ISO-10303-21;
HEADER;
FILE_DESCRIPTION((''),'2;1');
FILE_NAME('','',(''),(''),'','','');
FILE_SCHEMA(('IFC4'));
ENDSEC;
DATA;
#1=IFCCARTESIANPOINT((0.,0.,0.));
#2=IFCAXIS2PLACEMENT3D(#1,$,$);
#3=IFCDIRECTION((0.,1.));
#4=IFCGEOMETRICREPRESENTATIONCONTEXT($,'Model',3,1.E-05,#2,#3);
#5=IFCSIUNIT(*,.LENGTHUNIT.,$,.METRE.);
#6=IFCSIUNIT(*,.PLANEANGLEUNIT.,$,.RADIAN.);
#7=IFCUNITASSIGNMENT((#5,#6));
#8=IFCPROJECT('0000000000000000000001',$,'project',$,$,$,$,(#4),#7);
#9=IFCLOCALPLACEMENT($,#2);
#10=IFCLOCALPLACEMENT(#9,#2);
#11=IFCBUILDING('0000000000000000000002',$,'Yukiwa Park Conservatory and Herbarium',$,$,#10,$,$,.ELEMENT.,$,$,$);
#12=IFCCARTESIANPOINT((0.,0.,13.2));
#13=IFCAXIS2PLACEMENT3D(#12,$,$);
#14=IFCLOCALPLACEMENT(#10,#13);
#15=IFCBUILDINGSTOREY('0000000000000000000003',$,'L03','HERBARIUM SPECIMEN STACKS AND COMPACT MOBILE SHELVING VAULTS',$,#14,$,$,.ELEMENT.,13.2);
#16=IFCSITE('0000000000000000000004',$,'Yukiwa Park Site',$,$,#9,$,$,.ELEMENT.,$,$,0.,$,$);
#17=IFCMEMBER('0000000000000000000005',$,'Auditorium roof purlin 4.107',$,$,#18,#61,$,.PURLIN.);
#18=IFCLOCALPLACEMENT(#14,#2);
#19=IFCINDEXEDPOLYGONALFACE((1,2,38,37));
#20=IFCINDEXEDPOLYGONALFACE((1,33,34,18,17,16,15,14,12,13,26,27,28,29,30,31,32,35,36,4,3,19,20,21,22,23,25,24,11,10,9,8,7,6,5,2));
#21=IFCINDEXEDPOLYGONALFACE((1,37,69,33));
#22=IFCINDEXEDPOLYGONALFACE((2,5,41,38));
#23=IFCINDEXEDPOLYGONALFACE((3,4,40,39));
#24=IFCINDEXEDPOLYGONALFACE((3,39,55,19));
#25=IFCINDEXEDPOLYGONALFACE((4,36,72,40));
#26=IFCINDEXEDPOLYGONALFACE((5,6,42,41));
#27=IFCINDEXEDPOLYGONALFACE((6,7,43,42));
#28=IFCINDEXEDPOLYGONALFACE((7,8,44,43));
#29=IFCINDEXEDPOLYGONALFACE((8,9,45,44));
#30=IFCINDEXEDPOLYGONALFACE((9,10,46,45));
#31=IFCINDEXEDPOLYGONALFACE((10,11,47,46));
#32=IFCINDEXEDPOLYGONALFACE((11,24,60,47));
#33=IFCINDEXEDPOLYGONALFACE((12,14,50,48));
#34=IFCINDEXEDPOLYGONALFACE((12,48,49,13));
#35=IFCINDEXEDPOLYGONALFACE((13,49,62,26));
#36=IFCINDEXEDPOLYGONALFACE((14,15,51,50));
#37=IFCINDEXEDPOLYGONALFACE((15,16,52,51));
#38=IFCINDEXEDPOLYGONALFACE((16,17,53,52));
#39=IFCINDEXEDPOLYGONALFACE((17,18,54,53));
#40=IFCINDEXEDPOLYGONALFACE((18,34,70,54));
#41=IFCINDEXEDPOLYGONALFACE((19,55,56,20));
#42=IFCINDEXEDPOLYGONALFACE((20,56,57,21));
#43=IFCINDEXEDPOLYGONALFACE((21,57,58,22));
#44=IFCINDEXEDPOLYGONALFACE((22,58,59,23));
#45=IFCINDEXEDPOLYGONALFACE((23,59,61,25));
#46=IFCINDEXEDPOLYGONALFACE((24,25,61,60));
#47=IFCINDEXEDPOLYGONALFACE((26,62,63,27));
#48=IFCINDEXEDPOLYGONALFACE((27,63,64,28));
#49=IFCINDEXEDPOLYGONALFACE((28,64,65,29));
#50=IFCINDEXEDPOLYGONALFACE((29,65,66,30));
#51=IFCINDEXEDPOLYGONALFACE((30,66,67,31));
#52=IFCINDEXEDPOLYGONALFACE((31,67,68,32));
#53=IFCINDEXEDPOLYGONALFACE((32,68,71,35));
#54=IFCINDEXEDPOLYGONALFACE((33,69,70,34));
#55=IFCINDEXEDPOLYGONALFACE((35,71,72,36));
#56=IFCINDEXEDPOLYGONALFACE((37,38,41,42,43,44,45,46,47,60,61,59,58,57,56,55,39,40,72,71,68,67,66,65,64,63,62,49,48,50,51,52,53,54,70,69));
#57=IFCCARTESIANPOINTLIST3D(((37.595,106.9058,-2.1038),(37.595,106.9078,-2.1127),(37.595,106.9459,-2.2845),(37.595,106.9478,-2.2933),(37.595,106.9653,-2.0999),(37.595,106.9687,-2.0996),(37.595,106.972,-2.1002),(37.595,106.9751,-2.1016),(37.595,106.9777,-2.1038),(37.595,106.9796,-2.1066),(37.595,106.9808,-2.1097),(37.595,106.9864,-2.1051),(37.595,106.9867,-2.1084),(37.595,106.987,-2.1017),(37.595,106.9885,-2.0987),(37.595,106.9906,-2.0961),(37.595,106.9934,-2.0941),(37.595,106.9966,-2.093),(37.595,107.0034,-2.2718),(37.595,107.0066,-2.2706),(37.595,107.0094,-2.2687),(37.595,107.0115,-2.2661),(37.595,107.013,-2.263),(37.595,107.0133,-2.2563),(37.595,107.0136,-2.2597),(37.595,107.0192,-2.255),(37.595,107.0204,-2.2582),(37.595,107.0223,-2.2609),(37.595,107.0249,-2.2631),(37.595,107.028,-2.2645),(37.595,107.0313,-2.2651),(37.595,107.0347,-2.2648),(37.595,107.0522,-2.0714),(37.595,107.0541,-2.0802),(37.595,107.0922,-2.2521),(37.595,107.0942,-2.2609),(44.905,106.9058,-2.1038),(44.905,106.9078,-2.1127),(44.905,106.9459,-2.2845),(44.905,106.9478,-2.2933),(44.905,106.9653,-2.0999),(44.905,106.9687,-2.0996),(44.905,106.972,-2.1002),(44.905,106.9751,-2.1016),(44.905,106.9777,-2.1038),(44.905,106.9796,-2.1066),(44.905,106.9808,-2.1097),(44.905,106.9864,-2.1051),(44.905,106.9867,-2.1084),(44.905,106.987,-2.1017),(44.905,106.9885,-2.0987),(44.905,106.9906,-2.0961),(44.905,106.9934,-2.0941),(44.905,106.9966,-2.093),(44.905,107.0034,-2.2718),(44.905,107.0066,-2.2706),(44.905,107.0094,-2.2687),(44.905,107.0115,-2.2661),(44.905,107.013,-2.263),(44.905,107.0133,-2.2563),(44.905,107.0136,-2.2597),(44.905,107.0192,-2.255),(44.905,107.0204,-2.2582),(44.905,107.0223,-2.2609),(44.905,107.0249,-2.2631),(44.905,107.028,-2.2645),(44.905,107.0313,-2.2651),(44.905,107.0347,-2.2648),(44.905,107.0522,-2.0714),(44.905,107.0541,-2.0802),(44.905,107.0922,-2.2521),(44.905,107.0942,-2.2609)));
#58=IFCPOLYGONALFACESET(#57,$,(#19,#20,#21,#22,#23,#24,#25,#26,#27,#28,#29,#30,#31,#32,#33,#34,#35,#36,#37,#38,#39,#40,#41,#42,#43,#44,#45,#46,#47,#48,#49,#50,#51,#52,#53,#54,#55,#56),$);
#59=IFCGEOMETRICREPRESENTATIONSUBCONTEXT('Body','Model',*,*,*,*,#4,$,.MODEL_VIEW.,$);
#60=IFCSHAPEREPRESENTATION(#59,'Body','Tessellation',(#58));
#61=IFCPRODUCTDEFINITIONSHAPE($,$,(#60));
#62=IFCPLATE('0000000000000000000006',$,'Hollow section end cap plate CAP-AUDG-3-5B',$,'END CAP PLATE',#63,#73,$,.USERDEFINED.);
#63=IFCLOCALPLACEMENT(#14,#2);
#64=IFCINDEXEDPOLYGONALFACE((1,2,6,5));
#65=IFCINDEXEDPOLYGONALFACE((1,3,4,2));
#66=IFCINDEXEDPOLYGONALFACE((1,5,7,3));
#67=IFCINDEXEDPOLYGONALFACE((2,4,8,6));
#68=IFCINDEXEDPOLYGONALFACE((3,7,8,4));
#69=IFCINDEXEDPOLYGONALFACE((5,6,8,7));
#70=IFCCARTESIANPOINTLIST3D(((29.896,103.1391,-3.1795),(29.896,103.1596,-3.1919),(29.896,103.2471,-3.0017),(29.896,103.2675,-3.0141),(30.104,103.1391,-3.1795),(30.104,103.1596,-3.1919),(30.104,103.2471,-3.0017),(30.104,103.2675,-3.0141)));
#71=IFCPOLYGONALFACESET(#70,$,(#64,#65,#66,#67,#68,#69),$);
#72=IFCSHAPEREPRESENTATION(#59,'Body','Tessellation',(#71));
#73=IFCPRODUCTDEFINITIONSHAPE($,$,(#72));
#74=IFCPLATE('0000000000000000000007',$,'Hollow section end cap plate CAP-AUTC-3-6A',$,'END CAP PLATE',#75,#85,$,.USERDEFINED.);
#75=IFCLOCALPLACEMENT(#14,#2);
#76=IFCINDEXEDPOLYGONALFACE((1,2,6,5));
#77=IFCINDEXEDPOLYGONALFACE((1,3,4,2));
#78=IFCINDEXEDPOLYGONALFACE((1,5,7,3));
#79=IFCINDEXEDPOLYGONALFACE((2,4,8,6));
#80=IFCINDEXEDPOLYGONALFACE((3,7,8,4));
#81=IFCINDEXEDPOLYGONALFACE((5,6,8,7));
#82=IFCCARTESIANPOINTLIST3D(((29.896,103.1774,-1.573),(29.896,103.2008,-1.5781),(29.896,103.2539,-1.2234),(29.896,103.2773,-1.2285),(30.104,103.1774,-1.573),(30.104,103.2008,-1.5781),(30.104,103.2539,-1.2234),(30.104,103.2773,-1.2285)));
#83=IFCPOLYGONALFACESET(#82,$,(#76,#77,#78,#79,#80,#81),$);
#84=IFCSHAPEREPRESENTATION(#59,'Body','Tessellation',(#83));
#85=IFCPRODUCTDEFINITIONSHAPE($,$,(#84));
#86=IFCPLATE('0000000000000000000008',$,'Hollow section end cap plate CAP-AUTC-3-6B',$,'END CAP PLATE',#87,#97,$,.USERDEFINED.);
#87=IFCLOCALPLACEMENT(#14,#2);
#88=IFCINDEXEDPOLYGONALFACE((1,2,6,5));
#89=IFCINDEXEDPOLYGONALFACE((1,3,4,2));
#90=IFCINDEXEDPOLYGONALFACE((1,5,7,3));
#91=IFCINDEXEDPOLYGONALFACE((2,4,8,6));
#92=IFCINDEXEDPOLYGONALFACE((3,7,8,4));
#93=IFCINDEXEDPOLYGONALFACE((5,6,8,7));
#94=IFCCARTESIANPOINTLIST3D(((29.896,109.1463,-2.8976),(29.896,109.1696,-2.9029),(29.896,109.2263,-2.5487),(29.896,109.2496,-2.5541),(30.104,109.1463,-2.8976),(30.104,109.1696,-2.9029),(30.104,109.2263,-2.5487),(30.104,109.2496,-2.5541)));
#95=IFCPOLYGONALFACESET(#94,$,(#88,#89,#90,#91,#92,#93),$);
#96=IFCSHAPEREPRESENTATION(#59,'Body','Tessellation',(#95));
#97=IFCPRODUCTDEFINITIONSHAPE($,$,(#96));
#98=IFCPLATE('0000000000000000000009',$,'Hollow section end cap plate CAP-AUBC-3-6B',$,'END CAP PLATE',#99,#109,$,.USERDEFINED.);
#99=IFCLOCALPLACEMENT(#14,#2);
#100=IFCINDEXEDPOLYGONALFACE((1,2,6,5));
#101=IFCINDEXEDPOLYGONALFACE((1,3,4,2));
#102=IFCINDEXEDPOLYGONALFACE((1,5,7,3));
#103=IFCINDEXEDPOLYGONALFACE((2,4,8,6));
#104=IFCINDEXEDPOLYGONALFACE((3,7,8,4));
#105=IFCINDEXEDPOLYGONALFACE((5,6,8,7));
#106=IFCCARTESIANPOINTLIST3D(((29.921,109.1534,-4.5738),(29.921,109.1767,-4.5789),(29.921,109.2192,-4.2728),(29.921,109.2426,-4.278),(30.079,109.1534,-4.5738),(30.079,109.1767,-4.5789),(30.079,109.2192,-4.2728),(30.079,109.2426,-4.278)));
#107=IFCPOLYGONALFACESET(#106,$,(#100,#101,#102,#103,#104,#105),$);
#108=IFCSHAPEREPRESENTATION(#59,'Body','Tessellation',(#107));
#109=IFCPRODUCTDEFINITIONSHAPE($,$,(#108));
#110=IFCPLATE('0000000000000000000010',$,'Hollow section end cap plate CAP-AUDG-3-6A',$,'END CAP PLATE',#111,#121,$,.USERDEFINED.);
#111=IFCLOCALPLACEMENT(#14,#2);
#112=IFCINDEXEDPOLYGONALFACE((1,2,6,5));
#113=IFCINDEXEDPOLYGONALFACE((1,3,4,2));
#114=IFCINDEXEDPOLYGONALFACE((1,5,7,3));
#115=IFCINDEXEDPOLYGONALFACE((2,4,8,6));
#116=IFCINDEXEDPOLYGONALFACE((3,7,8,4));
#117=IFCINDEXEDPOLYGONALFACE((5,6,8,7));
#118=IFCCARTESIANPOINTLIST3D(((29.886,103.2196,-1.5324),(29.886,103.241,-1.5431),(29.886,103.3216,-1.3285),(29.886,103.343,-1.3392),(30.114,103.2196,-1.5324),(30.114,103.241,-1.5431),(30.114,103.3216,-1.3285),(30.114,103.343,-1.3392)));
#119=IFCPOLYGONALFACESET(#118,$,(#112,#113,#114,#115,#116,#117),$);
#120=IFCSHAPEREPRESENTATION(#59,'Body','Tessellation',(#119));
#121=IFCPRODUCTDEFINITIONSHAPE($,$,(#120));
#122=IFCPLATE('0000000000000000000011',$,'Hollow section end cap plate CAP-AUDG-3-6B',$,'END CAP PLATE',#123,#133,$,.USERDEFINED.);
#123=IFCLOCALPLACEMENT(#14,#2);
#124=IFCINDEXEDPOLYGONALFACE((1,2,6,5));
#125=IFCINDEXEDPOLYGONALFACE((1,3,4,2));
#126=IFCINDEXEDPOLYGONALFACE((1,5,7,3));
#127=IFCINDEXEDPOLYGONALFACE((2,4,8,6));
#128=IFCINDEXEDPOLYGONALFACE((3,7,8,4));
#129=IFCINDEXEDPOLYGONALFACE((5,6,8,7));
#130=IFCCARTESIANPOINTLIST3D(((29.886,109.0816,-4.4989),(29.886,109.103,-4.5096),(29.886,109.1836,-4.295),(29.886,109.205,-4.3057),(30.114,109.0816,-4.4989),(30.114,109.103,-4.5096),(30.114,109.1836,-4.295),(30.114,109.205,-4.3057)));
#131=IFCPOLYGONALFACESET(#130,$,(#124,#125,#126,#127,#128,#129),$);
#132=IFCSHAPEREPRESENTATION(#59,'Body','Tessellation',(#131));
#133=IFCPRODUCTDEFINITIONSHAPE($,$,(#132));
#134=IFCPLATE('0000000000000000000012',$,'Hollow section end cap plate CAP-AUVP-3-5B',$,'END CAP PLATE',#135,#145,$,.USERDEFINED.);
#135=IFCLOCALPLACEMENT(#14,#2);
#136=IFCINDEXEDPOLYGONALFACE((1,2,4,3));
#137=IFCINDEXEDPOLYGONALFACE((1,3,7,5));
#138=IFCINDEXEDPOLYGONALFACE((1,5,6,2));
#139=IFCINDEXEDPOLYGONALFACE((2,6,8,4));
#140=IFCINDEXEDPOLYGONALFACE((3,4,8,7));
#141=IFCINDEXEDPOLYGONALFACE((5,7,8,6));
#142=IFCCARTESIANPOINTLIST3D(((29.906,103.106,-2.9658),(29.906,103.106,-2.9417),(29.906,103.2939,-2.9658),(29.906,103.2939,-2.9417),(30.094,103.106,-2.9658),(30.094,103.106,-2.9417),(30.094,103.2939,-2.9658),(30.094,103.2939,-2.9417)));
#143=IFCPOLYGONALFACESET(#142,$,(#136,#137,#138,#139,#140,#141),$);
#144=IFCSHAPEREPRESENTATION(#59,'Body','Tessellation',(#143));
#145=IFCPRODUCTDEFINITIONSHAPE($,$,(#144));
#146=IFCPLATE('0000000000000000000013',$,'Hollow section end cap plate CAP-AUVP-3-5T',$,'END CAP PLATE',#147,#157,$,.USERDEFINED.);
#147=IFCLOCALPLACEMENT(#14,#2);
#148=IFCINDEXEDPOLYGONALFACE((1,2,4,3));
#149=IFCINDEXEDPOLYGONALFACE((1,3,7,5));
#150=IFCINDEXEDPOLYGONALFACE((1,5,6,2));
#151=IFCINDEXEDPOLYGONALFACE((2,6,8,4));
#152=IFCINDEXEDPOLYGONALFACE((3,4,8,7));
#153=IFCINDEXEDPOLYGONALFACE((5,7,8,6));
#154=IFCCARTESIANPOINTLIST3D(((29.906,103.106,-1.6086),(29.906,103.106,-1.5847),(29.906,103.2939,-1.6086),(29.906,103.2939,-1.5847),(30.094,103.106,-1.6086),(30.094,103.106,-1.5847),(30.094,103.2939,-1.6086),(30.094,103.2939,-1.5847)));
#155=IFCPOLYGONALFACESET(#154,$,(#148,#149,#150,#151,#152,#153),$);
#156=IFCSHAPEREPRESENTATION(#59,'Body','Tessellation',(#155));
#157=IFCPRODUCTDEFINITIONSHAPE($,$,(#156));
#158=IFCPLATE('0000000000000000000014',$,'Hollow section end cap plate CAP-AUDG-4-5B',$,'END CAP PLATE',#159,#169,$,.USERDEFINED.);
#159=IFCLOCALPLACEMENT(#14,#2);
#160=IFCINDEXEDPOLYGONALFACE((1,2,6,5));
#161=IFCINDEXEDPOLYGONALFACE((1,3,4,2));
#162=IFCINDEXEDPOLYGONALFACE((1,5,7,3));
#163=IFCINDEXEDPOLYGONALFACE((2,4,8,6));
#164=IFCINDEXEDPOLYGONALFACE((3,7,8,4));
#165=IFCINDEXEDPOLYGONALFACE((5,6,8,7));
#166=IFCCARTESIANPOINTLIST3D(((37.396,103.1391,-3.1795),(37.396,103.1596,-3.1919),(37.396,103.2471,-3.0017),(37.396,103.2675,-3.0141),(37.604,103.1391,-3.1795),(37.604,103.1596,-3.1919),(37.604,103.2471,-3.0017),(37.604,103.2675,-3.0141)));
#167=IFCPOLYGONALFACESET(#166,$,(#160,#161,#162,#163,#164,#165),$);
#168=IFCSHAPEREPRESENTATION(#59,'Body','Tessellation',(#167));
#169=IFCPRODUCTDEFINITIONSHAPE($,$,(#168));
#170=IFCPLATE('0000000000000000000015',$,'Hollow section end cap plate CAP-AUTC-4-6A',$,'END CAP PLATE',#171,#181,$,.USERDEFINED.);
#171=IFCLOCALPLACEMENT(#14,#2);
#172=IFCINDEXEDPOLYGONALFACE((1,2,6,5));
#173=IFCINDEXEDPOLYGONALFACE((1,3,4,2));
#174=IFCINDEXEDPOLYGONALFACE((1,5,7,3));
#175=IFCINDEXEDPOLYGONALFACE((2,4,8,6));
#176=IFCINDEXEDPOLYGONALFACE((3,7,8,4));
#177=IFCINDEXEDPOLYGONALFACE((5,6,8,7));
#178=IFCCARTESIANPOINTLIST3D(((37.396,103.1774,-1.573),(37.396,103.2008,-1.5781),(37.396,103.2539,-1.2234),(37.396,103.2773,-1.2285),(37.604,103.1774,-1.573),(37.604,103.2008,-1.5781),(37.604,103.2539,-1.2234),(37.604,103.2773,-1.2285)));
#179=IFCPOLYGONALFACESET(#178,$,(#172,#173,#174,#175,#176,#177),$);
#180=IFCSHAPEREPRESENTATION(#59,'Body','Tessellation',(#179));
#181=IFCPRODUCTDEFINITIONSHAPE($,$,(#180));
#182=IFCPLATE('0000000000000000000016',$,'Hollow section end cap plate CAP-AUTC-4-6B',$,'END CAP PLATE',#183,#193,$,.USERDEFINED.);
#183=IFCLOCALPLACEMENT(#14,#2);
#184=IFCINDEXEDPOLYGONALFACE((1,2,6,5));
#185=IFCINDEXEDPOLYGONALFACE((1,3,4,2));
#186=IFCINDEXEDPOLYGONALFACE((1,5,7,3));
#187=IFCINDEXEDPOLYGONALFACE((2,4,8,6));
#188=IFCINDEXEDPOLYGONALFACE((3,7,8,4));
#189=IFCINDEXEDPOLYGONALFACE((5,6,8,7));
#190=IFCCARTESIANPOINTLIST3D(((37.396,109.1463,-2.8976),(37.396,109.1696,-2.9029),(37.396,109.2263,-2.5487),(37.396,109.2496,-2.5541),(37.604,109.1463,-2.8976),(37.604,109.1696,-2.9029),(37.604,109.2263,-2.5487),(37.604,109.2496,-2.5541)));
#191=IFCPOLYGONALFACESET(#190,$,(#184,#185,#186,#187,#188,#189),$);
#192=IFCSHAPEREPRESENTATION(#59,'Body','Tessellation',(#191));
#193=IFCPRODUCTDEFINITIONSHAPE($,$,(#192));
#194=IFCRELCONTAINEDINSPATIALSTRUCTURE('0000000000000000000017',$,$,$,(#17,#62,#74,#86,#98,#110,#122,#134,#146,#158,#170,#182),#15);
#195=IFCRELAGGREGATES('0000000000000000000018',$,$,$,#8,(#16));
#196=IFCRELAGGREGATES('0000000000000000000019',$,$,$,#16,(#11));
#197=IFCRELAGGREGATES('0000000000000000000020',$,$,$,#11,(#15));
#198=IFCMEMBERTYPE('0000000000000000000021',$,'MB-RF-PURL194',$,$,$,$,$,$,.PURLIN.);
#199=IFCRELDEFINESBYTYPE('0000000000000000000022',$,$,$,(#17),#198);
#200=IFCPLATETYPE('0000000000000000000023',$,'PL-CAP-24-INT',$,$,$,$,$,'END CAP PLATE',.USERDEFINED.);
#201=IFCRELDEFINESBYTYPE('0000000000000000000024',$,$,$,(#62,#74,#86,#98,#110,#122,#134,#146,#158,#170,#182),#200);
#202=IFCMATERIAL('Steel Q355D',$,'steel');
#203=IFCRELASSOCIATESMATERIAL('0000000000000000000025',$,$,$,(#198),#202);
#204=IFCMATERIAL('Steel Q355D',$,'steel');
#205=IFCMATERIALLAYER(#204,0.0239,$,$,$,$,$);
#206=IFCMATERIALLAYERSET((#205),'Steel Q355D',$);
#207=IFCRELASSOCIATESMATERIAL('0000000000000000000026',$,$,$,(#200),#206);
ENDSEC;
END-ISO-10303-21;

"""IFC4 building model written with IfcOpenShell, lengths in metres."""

from ifc_helpers import new_model, si_unit, direction, frame, origin, origin_2d, place, context, subcontext, project, spatial, rectangle, i_section, extrude, material, layer, layer_set, material_profile, profile_set, type_object, element, save


model = new_model("IFC4")

# Units and contexts
model_context = context("Model", 3, precision=1e-05, world=origin(), true_north=direction((0.0, 1.0)))
body_context = subcontext(model_context, "Body", "Model", "MODEL_VIEW")
ifc_project = project(units=[si_unit("LENGTHUNIT", "METRE"), si_unit("PLANEANGLEUNIT", "RADIAN")], contexts=[model_context])

# Site, building, storey
site_placement = place(None, origin())
site = spatial("IfcSite", under=ifc_project, at=site_placement, Name="Yukiwa Park Site", CompositionType="ELEMENT", RefElevation=0.0)
building_placement = place(site_placement, origin())
building = spatial("IfcBuilding", under=site, at=building_placement, Name="Yukiwa Park Conservatory and Herbarium", CompositionType="ELEMENT")
storey_placement = place(building_placement, frame((0.0, 0.0, 13.2)))
storey = spatial("IfcBuildingStorey", under=building, at=storey_placement, Name="L03", Description="HERBARIUM SPECIMEN STACKS AND COMPACT MOBILE SHELVING VAULTS", CompositionType="ELEMENT", Elevation=13.2)

# Member
ifc_material_1 = material(Name="Steel Q355D", Category="steel")
ifc_material_profile_1 = material_profile(ifc_material_1, i_section(OverallWidth=0.1499, OverallDepth=0.1941, WebThickness=0.0061, FlangeThickness=0.009, FilletRadius=0.0129, at=origin_2d()), Name="HM 194x150x6x9")
ifc_profile_set_1 = profile_set([ifc_material_profile_1], Name="Steel Q355D")
member_type_1 = type_object("IfcMemberType", Name="MB-RF-PURL194", PredefinedType="PURLIN", material=ifc_profile_set_1)
for number, where, z_axis, x_axis, name in (
    (1, (37.595, 107.0, -2.1824), (1.0, 0.0, 0.0), (0.0, 0.976296, 0.21644), "Auditorium roof purlin 4.107"),
):
    element("IfcMember", number, at=place(storey_placement, frame(where, z_axis=z_axis, x_axis=x_axis)), inside=storey, type_object=member_type_1, Name=name, PredefinedType="PURLIN", context=body_context, shape_type="SweptSolid", body=[
        extrude(i_section(OverallWidth=0.1499, OverallDepth=0.1941, WebThickness=0.0061, FlangeThickness=0.009, FilletRadius=0.0129, at=origin_2d()), origin(), (0.0, 0.0, 1.0), 7.3101),
    ])

# Plates
ifc_material_2 = material(Name="Steel Q355D", Category="steel")
ifc_layer = layer(ifc_material_2, 0.0239)
ifc_layer_set = layer_set([ifc_layer], Name="Steel Q355D")
plate_type = type_object("IfcPlateType", Name="PL-CAP-24-INT", ElementType="END CAP PLATE", PredefinedType="USERDEFINED", material=ifc_layer_set)
plate_1_placement = place(storey_placement, frame((30.0, 103.1931, -3.0906), z_axis=(0.0, 0.854788, -0.518978), x_axis=(-1.0, 0.0, 0.0)))
element("IfcPlate", 2, at=plate_1_placement, inside=storey, type_object=plate_type, Name="Hollow section end cap plate CAP-AUDG-3-5B", ObjectType="END CAP PLATE", PredefinedType="USERDEFINED", context=body_context, shape_type="SweptSolid", body=[
    extrude(rectangle(XDim=0.208, YDim=0.208, at=origin_2d()), origin(), (0.0, 0.0, 1.0), 0.0239),
])
for number, where, z_axis, x_axis, name in (
    (3, (30.0, 103.239, -1.4033), (0.0, -0.9769, 0.213697), (1.0, 0.0, 0.0), "Hollow section end cap plate CAP-AUTC-3-6A"),
    (4, (30.0, 109.1863, -2.7231), (0.0, 0.974732, -0.223376), (-1.0, 0.0, 0.0), "Hollow section end cap plate CAP-AUTC-3-6B"),
):
    element("IfcPlate", number, at=place(storey_placement, frame(where, z_axis=z_axis, x_axis=x_axis)), inside=storey, type_object=plate_type, Name=name, ObjectType="END CAP PLATE", PredefinedType="USERDEFINED", context=body_context, shape_type="SweptSolid", body=[
        extrude(rectangle(XDim=0.208, YDim=0.3579, at=origin_2d()), origin(), (0.0, 0.0, 1.0), 0.0239),
    ])
plate_2_placement = place(storey_placement, frame((30.0, 109.1863, -4.4233), z_axis=(0.0, 0.9769, -0.213697), x_axis=(-1.0, 0.0, 0.0)))
element("IfcPlate", 5, at=plate_2_placement, inside=storey, type_object=plate_type, Name="Hollow section end cap plate CAP-AUBC-3-6B", ObjectType="END CAP PLATE", PredefinedType="USERDEFINED", context=body_context, shape_type="SweptSolid", body=[
    extrude(rectangle(XDim=0.158, YDim=0.3081, at=origin_2d()), origin(), (0.0, 0.0, 1.0), 0.0239),
])
for number, where, z_axis, x_axis, name in (
    (6, (30.0, 103.292, -1.4412), (0.0, -0.894427, 0.447214), (1.0, 0.0, 0.0), "Hollow section end cap plate CAP-AUDG-3-6A"),
    (7, (30.0, 109.1326, -4.397), (0.0, 0.894427, -0.447214), (-1.0, 0.0, 0.0), "Hollow section end cap plate CAP-AUDG-3-6B"),
):
    element("IfcPlate", number, at=place(storey_placement, frame(where, z_axis=z_axis, x_axis=x_axis)), inside=storey, type_object=plate_type, Name=name, ObjectType="END CAP PLATE", PredefinedType="USERDEFINED", context=body_context, shape_type="SweptSolid", body=[
        extrude(rectangle(XDim=0.228, YDim=0.228, at=origin_2d()), origin(), (0.0, 0.0, 1.0), 0.0239),
    ])
plate_3_placement = place(storey_placement, frame((30.0, 103.2, -2.9417), z_axis=(0.0, 0.0, -1.0), x_axis=(1.0, 0.0, 0.0)))
element("IfcPlate", 8, at=plate_3_placement, inside=storey, type_object=plate_type, Name="Hollow section end cap plate CAP-AUVP-3-5B", ObjectType="END CAP PLATE", PredefinedType="USERDEFINED", context=body_context, shape_type="SweptSolid", body=[
    extrude(rectangle(XDim=0.188, YDim=0.188, at=origin_2d()), origin(), (0.0, 0.0, 1.0), 0.0242),
])
plate_4_placement = place(storey_placement, frame((30.0, 103.2, -1.6086), z_axis=(0.0, 0.0, 1.0), x_axis=(1.0, 0.0, 0.0)))
element("IfcPlate", 9, at=plate_4_placement, inside=storey, type_object=plate_type, Name="Hollow section end cap plate CAP-AUVP-3-5T", ObjectType="END CAP PLATE", PredefinedType="USERDEFINED", context=body_context, shape_type="SweptSolid", body=[
    extrude(rectangle(XDim=0.188, YDim=0.188, at=origin_2d()), origin(), (0.0, 0.0, 1.0), 0.0239),
])
plate_5_placement = place(storey_placement, frame((37.5, 103.1931, -3.0906), z_axis=(0.0, 0.854788, -0.518978), x_axis=(-1.0, 0.0, 0.0)))
element("IfcPlate", 10, at=plate_5_placement, inside=storey, type_object=plate_type, Name="Hollow section end cap plate CAP-AUDG-4-5B", ObjectType="END CAP PLATE", PredefinedType="USERDEFINED", context=body_context, shape_type="SweptSolid", body=[
    extrude(rectangle(XDim=0.208, YDim=0.208, at=origin_2d()), origin(), (0.0, 0.0, 1.0), 0.0239),
])
for number, where, z_axis, x_axis, name in (
    (11, (37.5, 103.239, -1.4033), (0.0, -0.9769, 0.213697), (1.0, 0.0, 0.0), "Hollow section end cap plate CAP-AUTC-4-6A"),
    (12, (37.5, 109.1863, -2.7231), (0.0, 0.974732, -0.223376), (-1.0, 0.0, 0.0), "Hollow section end cap plate CAP-AUTC-4-6B"),
):
    element("IfcPlate", number, at=place(storey_placement, frame(where, z_axis=z_axis, x_axis=x_axis)), inside=storey, type_object=plate_type, Name=name, ObjectType="END CAP PLATE", PredefinedType="USERDEFINED", context=body_context, shape_type="SweptSolid", body=[
        extrude(rectangle(XDim=0.208, YDim=0.3579, at=origin_2d()), origin(), (0.0, 0.0, 1.0), 0.0239),
    ])

save(model, "model.ifc")
